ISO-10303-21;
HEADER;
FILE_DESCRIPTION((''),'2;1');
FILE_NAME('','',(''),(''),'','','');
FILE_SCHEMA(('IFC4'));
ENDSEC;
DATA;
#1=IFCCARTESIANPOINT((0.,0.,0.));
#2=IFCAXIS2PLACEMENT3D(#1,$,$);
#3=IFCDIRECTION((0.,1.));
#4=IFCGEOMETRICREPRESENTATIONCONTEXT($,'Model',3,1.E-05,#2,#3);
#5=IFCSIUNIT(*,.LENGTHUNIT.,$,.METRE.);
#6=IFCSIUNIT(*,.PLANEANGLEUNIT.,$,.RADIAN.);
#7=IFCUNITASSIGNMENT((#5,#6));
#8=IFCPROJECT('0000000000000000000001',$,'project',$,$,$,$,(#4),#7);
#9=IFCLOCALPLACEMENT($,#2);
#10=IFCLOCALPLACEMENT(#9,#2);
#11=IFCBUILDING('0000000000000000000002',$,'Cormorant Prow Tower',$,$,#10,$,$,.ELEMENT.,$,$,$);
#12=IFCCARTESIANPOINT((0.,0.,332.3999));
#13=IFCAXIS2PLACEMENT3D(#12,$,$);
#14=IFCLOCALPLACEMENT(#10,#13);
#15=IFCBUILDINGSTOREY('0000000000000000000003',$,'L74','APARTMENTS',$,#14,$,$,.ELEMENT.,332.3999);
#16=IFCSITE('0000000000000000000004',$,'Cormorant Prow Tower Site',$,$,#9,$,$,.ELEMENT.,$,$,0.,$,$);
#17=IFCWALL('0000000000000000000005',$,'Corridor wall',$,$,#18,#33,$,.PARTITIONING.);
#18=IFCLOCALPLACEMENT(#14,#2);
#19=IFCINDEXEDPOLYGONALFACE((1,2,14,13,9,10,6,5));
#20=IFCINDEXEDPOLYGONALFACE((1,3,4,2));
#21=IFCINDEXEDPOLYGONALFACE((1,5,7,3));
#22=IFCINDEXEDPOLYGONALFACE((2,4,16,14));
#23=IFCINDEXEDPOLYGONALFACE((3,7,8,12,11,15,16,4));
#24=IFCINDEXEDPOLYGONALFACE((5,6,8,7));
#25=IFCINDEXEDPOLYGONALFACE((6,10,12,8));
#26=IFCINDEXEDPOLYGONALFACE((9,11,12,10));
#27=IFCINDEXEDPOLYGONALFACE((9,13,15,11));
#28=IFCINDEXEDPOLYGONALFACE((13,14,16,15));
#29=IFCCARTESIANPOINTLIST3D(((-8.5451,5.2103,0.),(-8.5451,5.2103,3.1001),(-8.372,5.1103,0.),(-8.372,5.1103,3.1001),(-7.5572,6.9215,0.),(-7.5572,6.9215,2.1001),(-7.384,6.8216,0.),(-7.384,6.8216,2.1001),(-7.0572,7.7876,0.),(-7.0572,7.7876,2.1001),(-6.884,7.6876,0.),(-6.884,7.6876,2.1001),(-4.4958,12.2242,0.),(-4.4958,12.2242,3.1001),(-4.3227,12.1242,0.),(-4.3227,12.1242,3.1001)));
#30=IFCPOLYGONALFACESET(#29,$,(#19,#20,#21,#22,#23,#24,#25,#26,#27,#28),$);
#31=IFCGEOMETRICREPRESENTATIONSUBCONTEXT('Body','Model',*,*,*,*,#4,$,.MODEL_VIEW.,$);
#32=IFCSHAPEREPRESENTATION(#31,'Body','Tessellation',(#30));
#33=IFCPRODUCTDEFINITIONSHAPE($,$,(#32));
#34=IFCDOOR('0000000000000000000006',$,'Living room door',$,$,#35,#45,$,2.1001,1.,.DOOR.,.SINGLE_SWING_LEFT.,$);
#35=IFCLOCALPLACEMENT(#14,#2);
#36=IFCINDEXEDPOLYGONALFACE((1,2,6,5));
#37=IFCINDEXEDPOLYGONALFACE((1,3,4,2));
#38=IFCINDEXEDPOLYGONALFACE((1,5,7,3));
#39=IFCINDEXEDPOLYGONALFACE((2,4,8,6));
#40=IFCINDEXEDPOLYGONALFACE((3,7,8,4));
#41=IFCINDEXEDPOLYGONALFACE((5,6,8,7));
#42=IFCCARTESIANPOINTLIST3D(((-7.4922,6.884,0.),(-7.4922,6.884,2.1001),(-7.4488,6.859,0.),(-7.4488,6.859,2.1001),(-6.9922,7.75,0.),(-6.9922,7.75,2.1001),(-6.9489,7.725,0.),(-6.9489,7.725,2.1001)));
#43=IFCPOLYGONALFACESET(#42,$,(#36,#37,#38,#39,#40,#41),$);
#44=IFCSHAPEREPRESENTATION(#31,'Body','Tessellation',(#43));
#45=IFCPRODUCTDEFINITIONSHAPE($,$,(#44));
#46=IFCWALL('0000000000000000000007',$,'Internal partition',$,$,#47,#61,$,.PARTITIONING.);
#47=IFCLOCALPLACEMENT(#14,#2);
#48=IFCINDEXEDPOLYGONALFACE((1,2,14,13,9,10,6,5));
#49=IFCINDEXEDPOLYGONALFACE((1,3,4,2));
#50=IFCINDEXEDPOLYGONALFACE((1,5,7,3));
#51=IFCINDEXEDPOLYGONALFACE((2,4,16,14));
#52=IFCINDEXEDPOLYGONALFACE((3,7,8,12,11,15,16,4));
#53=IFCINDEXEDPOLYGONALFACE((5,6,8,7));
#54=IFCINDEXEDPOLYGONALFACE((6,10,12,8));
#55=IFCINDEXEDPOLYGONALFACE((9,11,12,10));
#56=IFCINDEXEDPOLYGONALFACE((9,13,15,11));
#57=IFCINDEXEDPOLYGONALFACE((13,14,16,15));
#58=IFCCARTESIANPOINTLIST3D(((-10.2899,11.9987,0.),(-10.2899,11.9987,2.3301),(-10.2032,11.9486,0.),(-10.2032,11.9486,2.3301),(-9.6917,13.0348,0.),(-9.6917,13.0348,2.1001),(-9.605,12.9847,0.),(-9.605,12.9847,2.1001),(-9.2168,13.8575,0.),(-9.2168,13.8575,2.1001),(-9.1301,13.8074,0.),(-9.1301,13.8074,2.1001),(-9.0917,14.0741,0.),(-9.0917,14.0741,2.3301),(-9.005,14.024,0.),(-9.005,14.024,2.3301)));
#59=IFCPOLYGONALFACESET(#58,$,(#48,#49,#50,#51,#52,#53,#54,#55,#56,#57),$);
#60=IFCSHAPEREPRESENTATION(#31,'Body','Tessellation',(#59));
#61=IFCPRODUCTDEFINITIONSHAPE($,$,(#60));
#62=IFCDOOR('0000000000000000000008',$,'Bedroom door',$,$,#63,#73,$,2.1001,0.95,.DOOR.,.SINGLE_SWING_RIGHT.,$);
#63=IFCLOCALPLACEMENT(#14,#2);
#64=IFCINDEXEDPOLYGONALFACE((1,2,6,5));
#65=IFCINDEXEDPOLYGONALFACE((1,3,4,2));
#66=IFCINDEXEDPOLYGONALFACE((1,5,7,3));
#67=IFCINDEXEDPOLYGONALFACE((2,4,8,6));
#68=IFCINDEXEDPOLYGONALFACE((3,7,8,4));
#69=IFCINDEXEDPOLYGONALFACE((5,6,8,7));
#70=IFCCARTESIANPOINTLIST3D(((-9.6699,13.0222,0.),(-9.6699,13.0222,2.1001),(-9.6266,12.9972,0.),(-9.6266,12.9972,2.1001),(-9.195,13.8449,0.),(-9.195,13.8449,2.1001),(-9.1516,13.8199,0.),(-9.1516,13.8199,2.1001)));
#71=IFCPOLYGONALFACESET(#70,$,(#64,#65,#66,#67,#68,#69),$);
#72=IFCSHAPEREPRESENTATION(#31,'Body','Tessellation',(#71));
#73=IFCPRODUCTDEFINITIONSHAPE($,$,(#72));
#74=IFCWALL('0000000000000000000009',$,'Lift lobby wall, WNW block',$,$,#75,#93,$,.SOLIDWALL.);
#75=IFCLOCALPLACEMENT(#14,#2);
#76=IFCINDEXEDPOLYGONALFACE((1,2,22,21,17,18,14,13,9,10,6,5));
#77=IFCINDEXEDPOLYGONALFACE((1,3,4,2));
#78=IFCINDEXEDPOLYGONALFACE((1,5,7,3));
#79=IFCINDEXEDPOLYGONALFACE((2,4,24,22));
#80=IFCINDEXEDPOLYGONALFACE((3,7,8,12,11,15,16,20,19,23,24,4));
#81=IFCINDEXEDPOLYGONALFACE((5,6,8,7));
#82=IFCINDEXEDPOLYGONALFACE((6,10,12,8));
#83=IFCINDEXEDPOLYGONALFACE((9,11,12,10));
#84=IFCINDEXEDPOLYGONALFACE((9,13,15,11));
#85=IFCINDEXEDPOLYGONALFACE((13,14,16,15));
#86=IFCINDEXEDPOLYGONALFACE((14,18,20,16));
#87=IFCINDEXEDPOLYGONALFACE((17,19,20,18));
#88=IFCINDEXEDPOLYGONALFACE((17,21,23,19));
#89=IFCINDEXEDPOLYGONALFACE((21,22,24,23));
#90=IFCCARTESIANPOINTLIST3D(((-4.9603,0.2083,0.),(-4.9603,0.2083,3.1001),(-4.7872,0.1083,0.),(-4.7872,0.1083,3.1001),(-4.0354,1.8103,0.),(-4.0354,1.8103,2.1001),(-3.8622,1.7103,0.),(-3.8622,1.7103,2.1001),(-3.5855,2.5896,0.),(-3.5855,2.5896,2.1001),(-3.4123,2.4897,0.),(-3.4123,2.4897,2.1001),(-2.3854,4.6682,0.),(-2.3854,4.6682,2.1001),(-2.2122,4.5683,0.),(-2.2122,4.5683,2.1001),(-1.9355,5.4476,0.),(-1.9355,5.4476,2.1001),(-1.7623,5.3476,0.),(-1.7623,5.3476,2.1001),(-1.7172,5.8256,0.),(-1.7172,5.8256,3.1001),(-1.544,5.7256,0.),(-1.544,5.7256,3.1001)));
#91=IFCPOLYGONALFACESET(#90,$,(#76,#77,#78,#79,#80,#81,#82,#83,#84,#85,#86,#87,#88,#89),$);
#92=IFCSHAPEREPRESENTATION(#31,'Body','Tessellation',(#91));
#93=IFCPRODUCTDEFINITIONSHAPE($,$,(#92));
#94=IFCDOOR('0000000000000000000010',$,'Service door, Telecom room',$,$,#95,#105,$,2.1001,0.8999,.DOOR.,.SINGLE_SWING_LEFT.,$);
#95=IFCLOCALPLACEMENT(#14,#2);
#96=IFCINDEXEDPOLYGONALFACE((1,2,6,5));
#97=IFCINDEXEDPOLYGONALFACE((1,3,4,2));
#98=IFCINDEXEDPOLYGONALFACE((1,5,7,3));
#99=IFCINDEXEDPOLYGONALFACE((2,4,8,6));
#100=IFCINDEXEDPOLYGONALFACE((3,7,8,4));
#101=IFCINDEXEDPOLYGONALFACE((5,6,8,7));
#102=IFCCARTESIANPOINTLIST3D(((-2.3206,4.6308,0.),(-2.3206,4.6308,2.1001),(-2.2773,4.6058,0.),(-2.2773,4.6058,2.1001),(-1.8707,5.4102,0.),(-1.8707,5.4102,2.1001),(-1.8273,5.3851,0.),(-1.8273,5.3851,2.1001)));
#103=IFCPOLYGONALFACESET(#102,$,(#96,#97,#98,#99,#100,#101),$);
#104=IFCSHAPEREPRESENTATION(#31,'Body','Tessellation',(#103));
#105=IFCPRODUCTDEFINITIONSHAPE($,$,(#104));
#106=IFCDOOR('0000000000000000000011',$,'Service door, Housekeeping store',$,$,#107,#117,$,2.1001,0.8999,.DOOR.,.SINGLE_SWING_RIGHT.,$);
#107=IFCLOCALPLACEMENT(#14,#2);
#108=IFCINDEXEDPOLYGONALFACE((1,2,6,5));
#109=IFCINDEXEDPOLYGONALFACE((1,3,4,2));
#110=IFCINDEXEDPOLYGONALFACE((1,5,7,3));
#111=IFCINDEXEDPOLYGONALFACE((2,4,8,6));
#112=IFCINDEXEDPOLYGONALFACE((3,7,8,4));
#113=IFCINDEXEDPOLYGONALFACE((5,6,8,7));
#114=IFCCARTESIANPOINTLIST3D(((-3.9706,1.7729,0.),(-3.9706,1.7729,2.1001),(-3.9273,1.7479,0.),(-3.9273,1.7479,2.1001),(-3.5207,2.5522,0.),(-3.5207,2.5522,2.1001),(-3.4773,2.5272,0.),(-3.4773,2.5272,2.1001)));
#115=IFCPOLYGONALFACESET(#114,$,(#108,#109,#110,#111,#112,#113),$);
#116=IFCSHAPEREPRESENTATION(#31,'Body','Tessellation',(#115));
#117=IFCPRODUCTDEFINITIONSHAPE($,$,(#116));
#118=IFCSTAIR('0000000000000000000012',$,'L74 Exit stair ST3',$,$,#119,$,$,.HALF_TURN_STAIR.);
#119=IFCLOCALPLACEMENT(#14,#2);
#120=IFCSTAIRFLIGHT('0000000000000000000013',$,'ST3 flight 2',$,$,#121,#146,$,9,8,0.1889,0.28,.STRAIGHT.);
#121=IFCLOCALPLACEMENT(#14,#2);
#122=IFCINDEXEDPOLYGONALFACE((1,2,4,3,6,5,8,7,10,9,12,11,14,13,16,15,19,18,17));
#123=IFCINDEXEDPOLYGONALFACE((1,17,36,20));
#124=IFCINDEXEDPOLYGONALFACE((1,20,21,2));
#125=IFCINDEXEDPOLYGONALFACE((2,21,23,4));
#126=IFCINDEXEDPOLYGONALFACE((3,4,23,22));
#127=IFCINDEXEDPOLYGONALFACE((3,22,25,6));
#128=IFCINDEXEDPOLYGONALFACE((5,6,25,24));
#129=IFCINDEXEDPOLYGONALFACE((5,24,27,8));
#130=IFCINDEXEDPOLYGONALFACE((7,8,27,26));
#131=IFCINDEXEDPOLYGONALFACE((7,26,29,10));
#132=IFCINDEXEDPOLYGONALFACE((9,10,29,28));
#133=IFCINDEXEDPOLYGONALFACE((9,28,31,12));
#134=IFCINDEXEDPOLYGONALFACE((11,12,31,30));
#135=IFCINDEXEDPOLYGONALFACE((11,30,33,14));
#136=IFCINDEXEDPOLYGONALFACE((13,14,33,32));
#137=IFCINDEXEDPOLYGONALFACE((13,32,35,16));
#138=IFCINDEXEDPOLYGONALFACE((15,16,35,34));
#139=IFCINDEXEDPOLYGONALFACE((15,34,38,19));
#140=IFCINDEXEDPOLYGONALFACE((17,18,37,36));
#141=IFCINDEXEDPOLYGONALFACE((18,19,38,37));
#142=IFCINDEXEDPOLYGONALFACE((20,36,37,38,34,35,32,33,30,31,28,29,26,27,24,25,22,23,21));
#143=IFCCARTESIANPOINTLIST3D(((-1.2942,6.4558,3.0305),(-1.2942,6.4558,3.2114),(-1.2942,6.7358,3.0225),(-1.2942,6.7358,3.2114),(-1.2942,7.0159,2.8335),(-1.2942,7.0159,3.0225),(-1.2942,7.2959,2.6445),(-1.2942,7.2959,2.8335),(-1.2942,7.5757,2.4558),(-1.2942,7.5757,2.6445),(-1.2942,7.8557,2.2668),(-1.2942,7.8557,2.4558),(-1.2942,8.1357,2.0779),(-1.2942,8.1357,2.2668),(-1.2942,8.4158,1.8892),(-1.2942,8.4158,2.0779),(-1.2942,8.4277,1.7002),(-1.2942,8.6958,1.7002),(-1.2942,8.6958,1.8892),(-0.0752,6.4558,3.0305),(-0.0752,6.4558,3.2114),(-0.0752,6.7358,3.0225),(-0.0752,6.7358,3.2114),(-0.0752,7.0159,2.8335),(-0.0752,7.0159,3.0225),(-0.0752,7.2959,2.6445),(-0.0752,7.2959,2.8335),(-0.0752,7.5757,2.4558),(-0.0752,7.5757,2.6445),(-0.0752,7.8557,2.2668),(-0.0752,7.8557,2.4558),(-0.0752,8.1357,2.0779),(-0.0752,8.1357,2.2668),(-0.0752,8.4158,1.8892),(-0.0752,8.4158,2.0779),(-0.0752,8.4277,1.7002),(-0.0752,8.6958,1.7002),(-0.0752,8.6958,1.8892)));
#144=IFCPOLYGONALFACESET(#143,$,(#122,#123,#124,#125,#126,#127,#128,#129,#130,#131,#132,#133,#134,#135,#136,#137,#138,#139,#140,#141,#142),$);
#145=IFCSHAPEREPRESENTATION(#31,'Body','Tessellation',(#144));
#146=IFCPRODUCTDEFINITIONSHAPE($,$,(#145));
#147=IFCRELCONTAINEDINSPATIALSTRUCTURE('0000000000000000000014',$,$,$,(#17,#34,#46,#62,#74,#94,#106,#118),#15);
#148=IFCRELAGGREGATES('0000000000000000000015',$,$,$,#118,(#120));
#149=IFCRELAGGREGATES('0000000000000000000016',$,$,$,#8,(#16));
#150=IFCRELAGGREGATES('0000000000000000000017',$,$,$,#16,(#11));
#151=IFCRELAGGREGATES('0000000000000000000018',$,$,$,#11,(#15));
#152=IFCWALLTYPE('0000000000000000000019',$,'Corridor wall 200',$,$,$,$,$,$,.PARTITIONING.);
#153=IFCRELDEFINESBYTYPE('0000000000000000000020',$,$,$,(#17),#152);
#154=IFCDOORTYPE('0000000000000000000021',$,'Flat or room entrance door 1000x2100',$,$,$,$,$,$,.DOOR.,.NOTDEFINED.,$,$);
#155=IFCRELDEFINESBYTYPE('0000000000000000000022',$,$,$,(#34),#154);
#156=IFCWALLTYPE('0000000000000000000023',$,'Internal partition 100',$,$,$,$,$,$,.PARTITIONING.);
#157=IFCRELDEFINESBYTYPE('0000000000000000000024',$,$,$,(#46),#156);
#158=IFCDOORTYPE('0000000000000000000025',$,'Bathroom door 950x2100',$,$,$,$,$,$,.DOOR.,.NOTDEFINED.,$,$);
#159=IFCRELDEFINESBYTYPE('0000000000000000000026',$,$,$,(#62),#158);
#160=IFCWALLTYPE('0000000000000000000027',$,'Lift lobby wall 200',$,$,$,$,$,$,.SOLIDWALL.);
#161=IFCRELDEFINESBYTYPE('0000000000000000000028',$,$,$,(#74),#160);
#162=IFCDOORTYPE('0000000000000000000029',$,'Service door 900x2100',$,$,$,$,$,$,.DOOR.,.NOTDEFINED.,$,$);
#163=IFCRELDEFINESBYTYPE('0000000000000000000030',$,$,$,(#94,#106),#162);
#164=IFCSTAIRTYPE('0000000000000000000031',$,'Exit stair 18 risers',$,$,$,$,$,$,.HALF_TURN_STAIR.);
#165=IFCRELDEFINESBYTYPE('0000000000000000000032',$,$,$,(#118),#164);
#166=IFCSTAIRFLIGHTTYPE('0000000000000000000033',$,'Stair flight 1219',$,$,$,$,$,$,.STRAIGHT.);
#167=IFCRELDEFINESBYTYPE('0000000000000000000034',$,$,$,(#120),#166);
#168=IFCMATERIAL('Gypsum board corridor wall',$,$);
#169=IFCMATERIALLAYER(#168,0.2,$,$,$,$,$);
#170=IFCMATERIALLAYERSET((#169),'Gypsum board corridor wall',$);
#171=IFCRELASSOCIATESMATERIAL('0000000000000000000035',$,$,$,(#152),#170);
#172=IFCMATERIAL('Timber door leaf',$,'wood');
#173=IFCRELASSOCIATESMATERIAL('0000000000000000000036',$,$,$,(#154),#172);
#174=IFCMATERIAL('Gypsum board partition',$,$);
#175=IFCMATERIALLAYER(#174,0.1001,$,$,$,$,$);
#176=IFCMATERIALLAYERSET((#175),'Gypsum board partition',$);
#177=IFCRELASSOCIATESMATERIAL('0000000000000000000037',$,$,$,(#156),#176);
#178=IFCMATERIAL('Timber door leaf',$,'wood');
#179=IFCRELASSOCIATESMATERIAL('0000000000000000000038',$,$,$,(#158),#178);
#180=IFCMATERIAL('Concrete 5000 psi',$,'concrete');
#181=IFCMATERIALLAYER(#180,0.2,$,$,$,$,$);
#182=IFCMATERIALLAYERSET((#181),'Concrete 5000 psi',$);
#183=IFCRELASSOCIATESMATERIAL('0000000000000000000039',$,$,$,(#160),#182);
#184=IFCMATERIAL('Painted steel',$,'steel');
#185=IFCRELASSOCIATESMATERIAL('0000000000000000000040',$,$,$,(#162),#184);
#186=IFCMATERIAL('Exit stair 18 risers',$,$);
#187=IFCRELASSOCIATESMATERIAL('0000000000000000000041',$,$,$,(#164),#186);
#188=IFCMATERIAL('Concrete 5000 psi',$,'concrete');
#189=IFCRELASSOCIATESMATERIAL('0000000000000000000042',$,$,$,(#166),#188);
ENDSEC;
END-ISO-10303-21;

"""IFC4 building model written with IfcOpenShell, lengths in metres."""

from ifc_helpers import new_model, si_unit, direction, frame, frame_2d, origin, place, context, subcontext, project, spatial, polyline, rectangle, outline, extrude, material, layer, layer_set, type_object, element, fill, aggregate, save


model = new_model("IFC4")

# Units and contexts
model_context = context("Model", 3, precision=1e-05, world=origin(), true_north=direction((0.0, 1.0)))
body_context = subcontext(model_context, "Body", "Model", "MODEL_VIEW")
ifc_project = project(units=[si_unit("LENGTHUNIT", "METRE"), si_unit("PLANEANGLEUNIT", "RADIAN")], contexts=[model_context])

# Site, building, storey
site_placement = place(None, origin())
site = spatial("IfcSite", under=ifc_project, at=site_placement, Name="Cormorant Prow Tower Site", CompositionType="ELEMENT", RefElevation=0.0)
building_placement = place(site_placement, origin())
building = spatial("IfcBuilding", under=site, at=building_placement, Name="Cormorant Prow Tower", CompositionType="ELEMENT")
storey_placement = place(building_placement, frame((0.0, 0.0, 332.3999)))
storey = spatial("IfcBuildingStorey", under=building, at=storey_placement, Name="L74", Description="APARTMENTS", CompositionType="ELEMENT", Elevation=332.3999)

# Walls, openings, doors
ifc_material_1 = material(Name="Gypsum board corridor wall")
ifc_layer_1 = layer(ifc_material_1, 0.2)
ifc_layer_set_1 = layer_set([ifc_layer_1], Name="Gypsum board corridor wall")
wall_type_1 = type_object("IfcWallType", Name="Corridor wall 200", PredefinedType="PARTITIONING", material=ifc_layer_set_1)
wall_1_placement = place(storey_placement, frame((-8.4585, 5.1604, 0.0), z_axis=(0.0, 0.0, 1.0), x_axis=(0.499984, 0.866034, 0.0)))
wall_1 = element("IfcWall", 1, at=wall_1_placement, inside=storey, type_object=wall_type_1, Name="Corridor wall", PredefinedType="PARTITIONING", context=body_context, shape_type="SweptSolid", body=[
    extrude(rectangle(XDim=8.0989, YDim=0.2, at=frame_2d((4.0493, 0.0))), origin(), (0.0, 0.0, 1.0), 3.1001),
])
opening_1_placement = place(wall_1_placement, frame((1.9758, 0.0, 0.0)))
opening_1 = element("IfcOpeningElement", 2, at=opening_1_placement, cuts=wall_1, PredefinedType="OPENING", context=body_context, shape_type="SweptSolid", body=[
    extrude(rectangle(XDim=1.0, YDim=2.1001, at=frame_2d((0.5, 1.05))), frame((0.0, 0.1099, 0.0), z_axis=(0.0, -1.0, 0.0), x_axis=(1.0, 0.0, 0.0)), (0.0, 0.0, 1.0), 0.22),
])
ifc_material_2 = material(Name="Timber door leaf", Category="wood")
door_type_1 = type_object("IfcDoorType", Name="Flat or room entrance door 1000x2100", OperationType="NOTDEFINED", PredefinedType="DOOR", material=ifc_material_2)
door_1_placement = place(opening_1_placement, origin())
door_1 = element("IfcDoor", 3, at=door_1_placement, inside=storey, type_object=door_type_1, Name="Living room door", OperationType="SINGLE_SWING_LEFT", OverallHeight=2.1001, OverallWidth=1.0, PredefinedType="DOOR", context=body_context, shape_type="SweptSolid", body=[
    extrude(rectangle(XDim=1.0, YDim=2.1001, at=frame_2d((0.5, 1.05))), frame((0.0, 0.0249, 0.0), z_axis=(0.0, -1.0, 0.0), x_axis=(1.0, 0.0, 0.0)), (0.0, 0.0, 1.0), 0.05),
])
fill(opening_1, door_1)
ifc_material_3 = material(Name="Gypsum board partition")
ifc_layer_2 = layer(ifc_material_3, 0.1001)
ifc_layer_set_2 = layer_set([ifc_layer_2], Name="Gypsum board partition")
wall_type_2 = type_object("IfcWallType", Name="Internal partition 100", PredefinedType="PARTITIONING", material=ifc_layer_set_2)
wall_2_placement = place(storey_placement, frame((-10.2466, 11.9736, 0.0), z_axis=(0.0, 0.0, 1.0), x_axis=(0.499996, 0.866028, 0.0)))
wall_2 = element("IfcWall", 4, at=wall_2_placement, inside=storey, type_object=wall_type_2, Name="Internal partition", PredefinedType="PARTITIONING", context=body_context, shape_type="SweptSolid", body=[
    extrude(rectangle(XDim=2.3965, YDim=0.1001, at=frame_2d((1.1982, 0.0))), origin(), (0.0, 0.0, 1.0), 2.3301),
])
opening_2_placement = place(wall_2_placement, frame((1.1963, 0.0, 0.0)))
opening_2 = element("IfcOpeningElement", 5, at=opening_2_placement, cuts=wall_2, PredefinedType="OPENING", context=body_context, shape_type="SweptSolid", body=[
    extrude(rectangle(XDim=0.95, YDim=2.1001, at=frame_2d((0.4751, 1.05))), frame((0.0, 0.0601, 0.0), z_axis=(0.0, -1.0, 0.0), x_axis=(1.0, 0.0, 0.0)), (0.0, 0.0, 1.0), 0.1201),
])
ifc_material_4 = material(Name="Timber door leaf", Category="wood")
door_type_2 = type_object("IfcDoorType", Name="Bathroom door 950x2100", OperationType="NOTDEFINED", PredefinedType="DOOR", material=ifc_material_4)
door_2_placement = place(opening_2_placement, origin())
door_2 = element("IfcDoor", 6, at=door_2_placement, inside=storey, type_object=door_type_2, Name="Bedroom door", OperationType="SINGLE_SWING_RIGHT", OverallHeight=2.1001, OverallWidth=0.95, PredefinedType="DOOR", context=body_context, shape_type="SweptSolid", body=[
    extrude(rectangle(XDim=0.95, YDim=2.1001, at=frame_2d((0.4751, 1.05))), frame((0.0, 0.0249, 0.0), z_axis=(0.0, -1.0, 0.0), x_axis=(1.0, 0.0, 0.0)), (0.0, 0.0, 1.0), 0.05),
])
fill(opening_2, door_2)

# Wall, openings, doors
ifc_material_5 = material(Name="Concrete 5000 psi", Category="concrete")
ifc_layer_3 = layer(ifc_material_5, 0.2)
ifc_layer_set_3 = layer_set([ifc_layer_3], Name="Concrete 5000 psi")
wall_type_3 = type_object("IfcWallType", Name="Lift lobby wall 200", PredefinedType="SOLIDWALL", material=ifc_layer_set_3)
wall_3_placement = place(storey_placement, frame((-1.6306, 5.7756, 0.0), z_axis=(0.0, 0.0, 1.0), x_axis=(-0.499993, -0.86603, 0.0)))
wall_3 = element("IfcWall", 7, at=wall_3_placement, inside=storey, type_object=wall_type_3, Name="Lift lobby wall, WNW block", PredefinedType="SOLIDWALL", context=body_context, shape_type="SweptSolid", body=[
    extrude(rectangle(XDim=6.4863, YDim=0.2, at=frame_2d((3.2432, 0.0))), origin(), (0.0, 0.0, 1.0), 3.1001),
])
opening_3_placement = place(wall_3_placement, frame((0.4365, 0.0, 0.0)))
opening_3 = element("IfcOpeningElement", 8, at=opening_3_placement, cuts=wall_3, PredefinedType="OPENING", context=body_context, shape_type="SweptSolid", body=[
    extrude(rectangle(XDim=0.8999, YDim=2.1001, at=frame_2d((0.45, 1.05))), frame((0.0, 0.1099, 0.0), z_axis=(0.0, -1.0, 0.0), x_axis=(1.0, 0.0, 0.0)), (0.0, 0.0, 1.0), 0.22),
])
opening_4_placement = place(wall_3_placement, frame((3.7366, 0.0, 0.0)))
opening_4 = element("IfcOpeningElement", 9, at=opening_4_placement, cuts=wall_3, PredefinedType="OPENING", context=body_context, shape_type="SweptSolid", body=[
    extrude(rectangle(XDim=0.8999, YDim=2.1001, at=frame_2d((0.45, 1.05))), frame((0.0, 0.1099, 0.0), z_axis=(0.0, -1.0, 0.0), x_axis=(1.0, 0.0, 0.0)), (0.0, 0.0, 1.0), 0.22),
])
ifc_material_6 = material(Name="Painted steel", Category="steel")
door_type_3 = type_object("IfcDoorType", Name="Service door 900x2100", OperationType="NOTDEFINED", PredefinedType="DOOR", material=ifc_material_6)
door_3_placement = place(opening_3_placement, origin())
door_3 = element("IfcDoor", 10, at=door_3_placement, inside=storey, type_object=door_type_3, Name="Service door, Telecom room", OperationType="SINGLE_SWING_LEFT", OverallHeight=2.1001, OverallWidth=0.8999, PredefinedType="DOOR", context=body_context, shape_type="SweptSolid", body=[
    extrude(rectangle(XDim=0.8999, YDim=2.1001, at=frame_2d((0.45, 1.05))), frame((0.0, 0.0249, 0.0), z_axis=(0.0, -1.0, 0.0), x_axis=(1.0, 0.0, 0.0)), (0.0, 0.0, 1.0), 0.05),
])
fill(opening_3, door_3)
door_4_placement = place(opening_4_placement, origin())
door_4 = element("IfcDoor", 11, at=door_4_placement, inside=storey, type_object=door_type_3, Name="Service door, Housekeeping store", OperationType="SINGLE_SWING_RIGHT", OverallHeight=2.1001, OverallWidth=0.8999, PredefinedType="DOOR", context=body_context, shape_type="SweptSolid", body=[
    extrude(rectangle(XDim=0.8999, YDim=2.1001, at=frame_2d((0.45, 1.05))), frame((0.0, 0.0249, 0.0), z_axis=(0.0, -1.0, 0.0), x_axis=(1.0, 0.0, 0.0)), (0.0, 0.0, 1.0), 0.05),
])
fill(opening_4, door_4)

# Stair, stair flight
ifc_material_7 = material(Name="Exit stair 18 risers")
stair_type = type_object("IfcStairType", Name="Exit stair 18 risers", PredefinedType="HALF_TURN_STAIR", material=ifc_material_7)
stair_placement = place(storey_placement, origin())
stair = element("IfcStair", 12, at=stair_placement, inside=storey, type_object=stair_type, Name="L74 Exit stair ST3", PredefinedType="HALF_TURN_STAIR")
ifc_material_8 = material(Name="Concrete 5000 psi", Category="concrete")
stair_flight_type = type_object("IfcStairFlightType", Name="Stair flight 1219", PredefinedType="STRAIGHT", material=ifc_material_8)
stair_flight_placement = place(storey_placement, frame((-0.6846, 8.6958, 1.7002), z_axis=(0.0, 0.0, 1.0), x_axis=(0.0, -1.0, 0.0)))
stair_flight = element("IfcStairFlight", 13, at=stair_flight_placement, type_object=stair_flight_type, Name="ST3 flight 2", NumberOfRisers=9, NumberOfTreads=8, PredefinedType="STRAIGHT", RiserHeight=0.1889, TreadLength=0.28, context=body_context, shape_type="SweptSolid", body=[
    extrude(outline(polyline([(0.0, 0.0), (0.0, 0.189), (0.28, 0.189), (0.28, 0.3777), (0.5601, 0.3777), (0.5601, 0.5667), (0.8401, 0.5667), (0.8401, 0.7556), (1.1201, 0.7556), (1.1201, 0.9443), (1.3999, 0.9443), (1.3999, 1.1333), (1.6799, 1.1333), (1.6799, 1.3223), (1.96, 1.3223), (1.96, 1.5112), (2.24, 1.5112), (2.24, 1.7), (2.24, 1.3303), (0.2681, 0.0), (0.0, 0.0)])), frame((0.0, 0.6094, 0.0), z_axis=(0.0, -1.0, 0.0), x_axis=(1.0, 0.0, 0.0)), (0.0, 0.0, 1.0), 1.219),
])
aggregate(stair, [stair_flight])

save(model, "model.ifc")
